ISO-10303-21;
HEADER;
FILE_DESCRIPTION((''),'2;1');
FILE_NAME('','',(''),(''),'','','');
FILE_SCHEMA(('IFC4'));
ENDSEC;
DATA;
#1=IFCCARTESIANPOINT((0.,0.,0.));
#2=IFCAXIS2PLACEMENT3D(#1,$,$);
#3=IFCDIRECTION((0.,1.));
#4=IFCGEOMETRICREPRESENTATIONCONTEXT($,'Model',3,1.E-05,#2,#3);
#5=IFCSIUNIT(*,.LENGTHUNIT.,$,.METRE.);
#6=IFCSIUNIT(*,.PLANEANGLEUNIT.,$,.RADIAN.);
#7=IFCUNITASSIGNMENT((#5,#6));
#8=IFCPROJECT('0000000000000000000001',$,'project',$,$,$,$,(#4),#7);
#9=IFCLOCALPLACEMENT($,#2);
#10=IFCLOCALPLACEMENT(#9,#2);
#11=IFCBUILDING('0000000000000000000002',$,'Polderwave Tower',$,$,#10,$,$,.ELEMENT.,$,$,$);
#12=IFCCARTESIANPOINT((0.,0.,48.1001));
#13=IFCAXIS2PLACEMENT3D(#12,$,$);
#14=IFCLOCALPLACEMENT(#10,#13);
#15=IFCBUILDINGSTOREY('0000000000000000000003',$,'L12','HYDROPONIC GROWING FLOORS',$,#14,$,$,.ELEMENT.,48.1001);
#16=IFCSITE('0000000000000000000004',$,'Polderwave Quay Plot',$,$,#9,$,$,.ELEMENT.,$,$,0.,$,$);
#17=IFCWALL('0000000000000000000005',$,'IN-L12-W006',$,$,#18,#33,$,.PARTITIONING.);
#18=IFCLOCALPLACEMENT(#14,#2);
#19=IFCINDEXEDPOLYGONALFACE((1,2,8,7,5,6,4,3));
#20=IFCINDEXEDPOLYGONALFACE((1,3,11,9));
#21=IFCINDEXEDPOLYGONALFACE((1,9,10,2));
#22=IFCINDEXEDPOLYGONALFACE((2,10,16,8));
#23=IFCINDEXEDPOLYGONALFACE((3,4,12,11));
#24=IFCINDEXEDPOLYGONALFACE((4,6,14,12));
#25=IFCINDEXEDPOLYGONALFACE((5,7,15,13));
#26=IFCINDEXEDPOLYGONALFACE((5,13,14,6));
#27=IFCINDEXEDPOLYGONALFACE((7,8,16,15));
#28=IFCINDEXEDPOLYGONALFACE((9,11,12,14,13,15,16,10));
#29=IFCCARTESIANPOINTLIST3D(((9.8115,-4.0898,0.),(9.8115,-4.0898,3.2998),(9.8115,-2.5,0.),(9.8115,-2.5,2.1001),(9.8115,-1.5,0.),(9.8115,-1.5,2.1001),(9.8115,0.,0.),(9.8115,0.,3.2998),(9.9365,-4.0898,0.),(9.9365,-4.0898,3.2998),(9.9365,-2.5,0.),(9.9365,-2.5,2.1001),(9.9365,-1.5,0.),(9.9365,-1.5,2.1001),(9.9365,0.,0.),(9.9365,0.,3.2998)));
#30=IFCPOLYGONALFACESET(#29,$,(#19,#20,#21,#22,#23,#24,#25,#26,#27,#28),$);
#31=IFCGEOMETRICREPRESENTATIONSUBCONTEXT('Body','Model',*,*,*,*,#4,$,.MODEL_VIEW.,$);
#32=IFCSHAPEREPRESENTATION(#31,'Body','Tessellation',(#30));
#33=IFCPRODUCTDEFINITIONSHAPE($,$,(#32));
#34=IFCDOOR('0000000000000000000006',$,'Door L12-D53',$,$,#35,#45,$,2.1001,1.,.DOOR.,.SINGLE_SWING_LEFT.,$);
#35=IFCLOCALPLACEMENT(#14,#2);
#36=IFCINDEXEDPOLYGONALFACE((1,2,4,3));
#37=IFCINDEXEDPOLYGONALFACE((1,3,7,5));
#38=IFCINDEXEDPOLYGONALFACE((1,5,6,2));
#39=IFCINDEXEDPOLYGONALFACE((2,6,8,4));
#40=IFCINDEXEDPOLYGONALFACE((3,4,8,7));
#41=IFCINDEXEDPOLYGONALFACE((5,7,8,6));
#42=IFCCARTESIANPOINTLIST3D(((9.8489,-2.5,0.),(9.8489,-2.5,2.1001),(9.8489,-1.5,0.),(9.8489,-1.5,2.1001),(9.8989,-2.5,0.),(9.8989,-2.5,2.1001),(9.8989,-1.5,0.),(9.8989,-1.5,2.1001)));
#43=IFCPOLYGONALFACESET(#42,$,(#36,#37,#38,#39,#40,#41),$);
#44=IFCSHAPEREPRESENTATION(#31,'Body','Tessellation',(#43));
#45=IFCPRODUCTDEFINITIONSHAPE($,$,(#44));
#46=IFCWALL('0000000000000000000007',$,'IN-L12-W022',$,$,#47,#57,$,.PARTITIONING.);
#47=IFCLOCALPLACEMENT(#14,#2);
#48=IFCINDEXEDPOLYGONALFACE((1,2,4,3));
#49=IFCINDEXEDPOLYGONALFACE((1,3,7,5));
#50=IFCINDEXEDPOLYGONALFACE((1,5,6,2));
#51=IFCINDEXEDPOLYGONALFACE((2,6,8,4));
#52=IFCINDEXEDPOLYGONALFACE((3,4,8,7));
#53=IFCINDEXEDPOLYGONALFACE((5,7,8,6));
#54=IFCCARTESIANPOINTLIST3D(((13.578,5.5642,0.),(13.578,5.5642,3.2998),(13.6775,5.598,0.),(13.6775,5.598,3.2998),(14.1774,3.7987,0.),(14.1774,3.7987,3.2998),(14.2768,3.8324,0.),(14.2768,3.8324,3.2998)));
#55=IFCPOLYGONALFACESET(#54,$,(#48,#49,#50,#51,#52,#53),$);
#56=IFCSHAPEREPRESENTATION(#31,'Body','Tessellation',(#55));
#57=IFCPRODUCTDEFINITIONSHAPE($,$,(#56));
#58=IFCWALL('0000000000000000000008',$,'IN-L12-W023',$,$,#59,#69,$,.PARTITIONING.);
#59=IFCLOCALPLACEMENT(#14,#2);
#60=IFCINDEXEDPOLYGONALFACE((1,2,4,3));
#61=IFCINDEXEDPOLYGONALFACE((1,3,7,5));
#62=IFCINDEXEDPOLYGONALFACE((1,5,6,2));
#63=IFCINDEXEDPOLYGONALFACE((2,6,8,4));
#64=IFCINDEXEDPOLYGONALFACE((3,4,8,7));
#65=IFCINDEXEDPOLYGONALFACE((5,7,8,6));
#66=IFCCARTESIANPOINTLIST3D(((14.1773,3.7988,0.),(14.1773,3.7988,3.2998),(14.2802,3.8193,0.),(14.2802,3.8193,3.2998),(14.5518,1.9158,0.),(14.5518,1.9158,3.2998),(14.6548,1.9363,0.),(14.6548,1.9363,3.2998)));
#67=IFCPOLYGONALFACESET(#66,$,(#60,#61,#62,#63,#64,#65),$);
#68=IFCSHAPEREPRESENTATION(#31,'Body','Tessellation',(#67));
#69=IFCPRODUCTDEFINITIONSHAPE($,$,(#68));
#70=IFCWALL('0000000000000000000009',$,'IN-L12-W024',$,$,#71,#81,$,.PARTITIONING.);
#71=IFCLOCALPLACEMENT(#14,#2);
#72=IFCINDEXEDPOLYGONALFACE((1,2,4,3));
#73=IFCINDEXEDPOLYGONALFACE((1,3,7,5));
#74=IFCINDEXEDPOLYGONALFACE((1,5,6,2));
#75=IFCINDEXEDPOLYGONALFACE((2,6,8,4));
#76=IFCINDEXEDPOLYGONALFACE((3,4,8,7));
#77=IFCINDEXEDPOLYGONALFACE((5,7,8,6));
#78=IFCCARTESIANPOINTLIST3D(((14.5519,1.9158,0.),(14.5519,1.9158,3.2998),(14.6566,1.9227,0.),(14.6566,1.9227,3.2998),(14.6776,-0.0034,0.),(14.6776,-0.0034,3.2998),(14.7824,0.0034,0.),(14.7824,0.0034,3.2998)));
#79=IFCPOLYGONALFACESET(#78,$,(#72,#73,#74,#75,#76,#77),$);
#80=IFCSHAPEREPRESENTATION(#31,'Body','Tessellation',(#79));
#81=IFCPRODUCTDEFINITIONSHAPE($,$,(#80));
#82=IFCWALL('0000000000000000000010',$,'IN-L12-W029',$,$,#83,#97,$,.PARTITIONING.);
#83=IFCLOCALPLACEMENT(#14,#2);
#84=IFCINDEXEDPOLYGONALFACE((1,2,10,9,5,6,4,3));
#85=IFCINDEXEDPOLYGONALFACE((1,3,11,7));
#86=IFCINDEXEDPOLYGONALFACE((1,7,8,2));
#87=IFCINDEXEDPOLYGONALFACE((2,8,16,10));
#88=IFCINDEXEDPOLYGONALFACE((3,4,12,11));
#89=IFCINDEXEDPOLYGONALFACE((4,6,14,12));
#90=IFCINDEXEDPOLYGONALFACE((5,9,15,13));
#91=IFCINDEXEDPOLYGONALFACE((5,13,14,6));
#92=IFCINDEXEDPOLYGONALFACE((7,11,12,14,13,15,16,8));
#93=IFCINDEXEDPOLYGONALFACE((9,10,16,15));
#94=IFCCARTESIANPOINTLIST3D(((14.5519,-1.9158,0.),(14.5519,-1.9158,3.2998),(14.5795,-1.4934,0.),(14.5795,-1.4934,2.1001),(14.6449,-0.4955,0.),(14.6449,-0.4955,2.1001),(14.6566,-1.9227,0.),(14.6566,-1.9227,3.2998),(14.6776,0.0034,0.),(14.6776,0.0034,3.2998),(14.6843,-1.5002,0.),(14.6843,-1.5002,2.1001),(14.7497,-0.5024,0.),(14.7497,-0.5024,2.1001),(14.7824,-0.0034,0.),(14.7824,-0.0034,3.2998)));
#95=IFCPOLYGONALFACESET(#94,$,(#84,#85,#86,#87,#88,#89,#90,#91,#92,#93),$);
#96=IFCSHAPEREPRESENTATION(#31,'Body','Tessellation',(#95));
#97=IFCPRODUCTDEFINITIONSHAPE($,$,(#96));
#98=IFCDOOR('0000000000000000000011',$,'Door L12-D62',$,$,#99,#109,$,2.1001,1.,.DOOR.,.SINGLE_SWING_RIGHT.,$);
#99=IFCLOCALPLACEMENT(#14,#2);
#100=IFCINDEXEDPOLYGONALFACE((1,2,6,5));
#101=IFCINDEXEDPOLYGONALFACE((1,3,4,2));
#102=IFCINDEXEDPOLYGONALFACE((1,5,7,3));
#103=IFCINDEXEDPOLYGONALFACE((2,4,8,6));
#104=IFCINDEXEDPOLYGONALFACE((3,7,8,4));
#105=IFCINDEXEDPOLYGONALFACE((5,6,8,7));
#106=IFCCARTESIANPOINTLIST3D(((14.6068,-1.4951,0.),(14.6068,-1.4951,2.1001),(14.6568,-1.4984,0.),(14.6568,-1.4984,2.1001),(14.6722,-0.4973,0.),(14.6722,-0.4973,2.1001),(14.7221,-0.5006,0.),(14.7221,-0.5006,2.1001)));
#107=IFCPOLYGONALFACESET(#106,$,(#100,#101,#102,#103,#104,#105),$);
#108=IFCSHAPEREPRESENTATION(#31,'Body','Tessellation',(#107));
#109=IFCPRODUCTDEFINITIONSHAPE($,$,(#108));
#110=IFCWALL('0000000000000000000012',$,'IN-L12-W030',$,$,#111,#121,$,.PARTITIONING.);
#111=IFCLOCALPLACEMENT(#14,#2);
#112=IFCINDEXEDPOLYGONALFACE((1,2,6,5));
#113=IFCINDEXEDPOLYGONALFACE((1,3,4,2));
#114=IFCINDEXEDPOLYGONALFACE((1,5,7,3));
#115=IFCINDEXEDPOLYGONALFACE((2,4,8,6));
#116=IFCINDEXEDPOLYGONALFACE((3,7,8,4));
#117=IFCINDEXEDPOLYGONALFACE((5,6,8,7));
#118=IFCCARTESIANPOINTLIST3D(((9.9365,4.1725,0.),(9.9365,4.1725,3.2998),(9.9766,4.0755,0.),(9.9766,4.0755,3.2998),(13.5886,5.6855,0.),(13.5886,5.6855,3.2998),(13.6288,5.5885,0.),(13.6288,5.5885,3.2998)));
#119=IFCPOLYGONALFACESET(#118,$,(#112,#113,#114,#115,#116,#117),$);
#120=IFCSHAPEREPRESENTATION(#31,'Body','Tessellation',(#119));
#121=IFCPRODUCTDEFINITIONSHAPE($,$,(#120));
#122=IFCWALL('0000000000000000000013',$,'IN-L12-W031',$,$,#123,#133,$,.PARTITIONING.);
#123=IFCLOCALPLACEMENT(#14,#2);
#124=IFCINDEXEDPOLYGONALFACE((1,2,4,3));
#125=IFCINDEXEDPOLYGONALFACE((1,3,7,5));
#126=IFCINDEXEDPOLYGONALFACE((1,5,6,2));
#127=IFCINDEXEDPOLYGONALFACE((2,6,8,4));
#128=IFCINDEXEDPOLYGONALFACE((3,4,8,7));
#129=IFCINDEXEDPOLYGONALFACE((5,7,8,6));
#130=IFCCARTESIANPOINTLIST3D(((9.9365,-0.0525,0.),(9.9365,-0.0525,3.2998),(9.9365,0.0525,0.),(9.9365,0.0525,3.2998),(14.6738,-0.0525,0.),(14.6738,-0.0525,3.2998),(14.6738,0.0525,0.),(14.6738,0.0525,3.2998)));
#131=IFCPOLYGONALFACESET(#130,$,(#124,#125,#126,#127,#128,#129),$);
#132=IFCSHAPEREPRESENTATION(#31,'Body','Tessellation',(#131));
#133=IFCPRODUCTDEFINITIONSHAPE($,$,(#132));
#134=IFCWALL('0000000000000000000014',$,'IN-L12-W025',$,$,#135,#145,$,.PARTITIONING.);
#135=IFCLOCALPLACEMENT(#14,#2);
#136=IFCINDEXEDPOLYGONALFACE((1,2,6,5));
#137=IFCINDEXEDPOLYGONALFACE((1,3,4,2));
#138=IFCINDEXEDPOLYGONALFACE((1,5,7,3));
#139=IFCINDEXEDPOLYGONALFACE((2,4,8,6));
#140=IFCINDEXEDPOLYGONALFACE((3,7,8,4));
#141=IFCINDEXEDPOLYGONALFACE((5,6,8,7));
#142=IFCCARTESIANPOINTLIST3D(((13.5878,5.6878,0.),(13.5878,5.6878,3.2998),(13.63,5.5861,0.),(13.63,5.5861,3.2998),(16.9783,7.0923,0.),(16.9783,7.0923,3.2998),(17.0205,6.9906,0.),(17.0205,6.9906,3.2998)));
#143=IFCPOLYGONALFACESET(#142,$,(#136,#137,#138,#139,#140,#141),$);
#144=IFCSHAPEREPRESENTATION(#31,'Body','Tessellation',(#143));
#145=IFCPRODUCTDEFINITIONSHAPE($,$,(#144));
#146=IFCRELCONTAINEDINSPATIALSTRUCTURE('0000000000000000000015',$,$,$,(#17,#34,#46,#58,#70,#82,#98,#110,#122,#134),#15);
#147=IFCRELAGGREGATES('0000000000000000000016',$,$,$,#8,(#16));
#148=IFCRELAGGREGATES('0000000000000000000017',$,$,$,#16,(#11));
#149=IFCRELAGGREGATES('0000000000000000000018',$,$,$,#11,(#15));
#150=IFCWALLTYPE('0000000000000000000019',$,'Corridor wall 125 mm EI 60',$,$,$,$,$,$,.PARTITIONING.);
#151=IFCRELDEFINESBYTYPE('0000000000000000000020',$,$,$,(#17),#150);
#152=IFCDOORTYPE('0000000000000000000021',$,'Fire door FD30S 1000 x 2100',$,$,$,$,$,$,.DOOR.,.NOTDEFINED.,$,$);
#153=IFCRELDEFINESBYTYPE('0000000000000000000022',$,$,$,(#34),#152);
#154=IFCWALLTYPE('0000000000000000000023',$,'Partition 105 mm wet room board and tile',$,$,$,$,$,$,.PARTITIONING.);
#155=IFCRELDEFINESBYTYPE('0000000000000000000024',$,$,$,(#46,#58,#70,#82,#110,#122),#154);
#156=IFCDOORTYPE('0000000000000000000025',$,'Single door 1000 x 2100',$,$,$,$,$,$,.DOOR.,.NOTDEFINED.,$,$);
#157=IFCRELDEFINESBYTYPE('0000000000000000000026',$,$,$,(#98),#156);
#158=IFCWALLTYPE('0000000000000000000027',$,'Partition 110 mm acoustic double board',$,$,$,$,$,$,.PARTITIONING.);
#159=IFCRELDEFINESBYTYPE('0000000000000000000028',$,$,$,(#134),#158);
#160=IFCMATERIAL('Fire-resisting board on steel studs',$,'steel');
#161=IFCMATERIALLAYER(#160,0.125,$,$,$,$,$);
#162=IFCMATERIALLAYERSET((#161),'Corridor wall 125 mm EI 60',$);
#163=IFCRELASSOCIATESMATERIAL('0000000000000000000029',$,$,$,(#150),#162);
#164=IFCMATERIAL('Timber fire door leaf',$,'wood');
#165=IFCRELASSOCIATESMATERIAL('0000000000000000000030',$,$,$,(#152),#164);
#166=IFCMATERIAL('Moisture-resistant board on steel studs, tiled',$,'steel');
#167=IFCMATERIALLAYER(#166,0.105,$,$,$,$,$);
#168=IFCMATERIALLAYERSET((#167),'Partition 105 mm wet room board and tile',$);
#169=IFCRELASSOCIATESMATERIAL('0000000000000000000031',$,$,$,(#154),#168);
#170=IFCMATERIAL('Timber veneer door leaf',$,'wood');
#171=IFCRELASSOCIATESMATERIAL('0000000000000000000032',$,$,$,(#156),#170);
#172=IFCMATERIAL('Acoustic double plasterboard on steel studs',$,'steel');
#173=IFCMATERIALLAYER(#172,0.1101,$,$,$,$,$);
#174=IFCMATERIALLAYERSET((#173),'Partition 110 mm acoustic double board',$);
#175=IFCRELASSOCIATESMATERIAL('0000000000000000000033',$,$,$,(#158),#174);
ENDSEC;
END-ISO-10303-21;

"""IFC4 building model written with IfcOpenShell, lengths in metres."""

from ifc_helpers import new_model, si_unit, direction, frame, frame_2d, origin, place, context, subcontext, project, spatial, rectangle, extrude, material, layer, layer_set, type_object, element, fill, save


model = new_model("IFC4")

# Units and contexts
model_context = context("Model", 3, precision=1e-05, world=origin(), true_north=direction((0.0, 1.0)))
body_context = subcontext(model_context, "Body", "Model", "MODEL_VIEW")
ifc_project = project(units=[si_unit("LENGTHUNIT", "METRE"), si_unit("PLANEANGLEUNIT", "RADIAN")], contexts=[model_context])

# Site, building, storey
site_placement = place(None, origin())
site = spatial("IfcSite", under=ifc_project, at=site_placement, Name="Polderwave Quay Plot", CompositionType="ELEMENT", RefElevation=0.0)
building_placement = place(site_placement, origin())
building = spatial("IfcBuilding", under=site, at=building_placement, Name="Polderwave Tower", CompositionType="ELEMENT")
storey_placement = place(building_placement, frame((0.0, 0.0, 48.1001)))
storey = spatial("IfcBuildingStorey", under=building, at=storey_placement, Name="L12", Description="HYDROPONIC GROWING FLOORS", CompositionType="ELEMENT", Elevation=48.1001)

# Wall, opening, door
ifc_material_1 = material(Name="Fire-resisting board on steel studs", Category="steel")
ifc_layer_1 = layer(ifc_material_1, 0.125)
ifc_layer_set_1 = layer_set([ifc_layer_1], Name="Corridor wall 125 mm EI 60")
wall_type_1 = type_object("IfcWallType", Name="Corridor wall 125 mm EI 60", PredefinedType="PARTITIONING", material=ifc_layer_set_1)
ifc_material_2 = material(Name="Timber fire door leaf", Category="wood")
door_type_1 = type_object("IfcDoorType", Name="Fire door FD30S 1000 x 2100", OperationType="NOTDEFINED", PredefinedType="DOOR", material=ifc_material_2)
wall_1_placement = place(storey_placement, frame((9.874, 0.0, 0.0), z_axis=(0.0, 0.0, 1.0), x_axis=(0.0, -1.0, 0.0)))
wall_1 = element("IfcWall", 1, at=wall_1_placement, inside=storey, type_object=wall_type_1, Name="IN-L12-W006", PredefinedType="PARTITIONING", context=body_context, shape_type="SweptSolid", body=[
    extrude(rectangle(XDim=4.0898, YDim=0.125, at=frame_2d((2.0449, 0.0))), origin(), (0.0, 0.0, 1.0), 3.2998),
])
opening_1_placement = place(wall_1_placement, frame((1.5, 0.0, 0.0)))
opening_1 = element("IfcOpeningElement", 2, at=opening_1_placement, cuts=wall_1, PredefinedType="OPENING", context=body_context, shape_type="SweptSolid", body=[
    extrude(rectangle(XDim=1.0, YDim=2.1001, at=frame_2d((0.5, 1.05))), frame((0.0, 0.0725, 0.0), z_axis=(0.0, -1.0, 0.0), x_axis=(1.0, 0.0, 0.0)), (0.0, 0.0, 1.0), 0.145),
])
door_1_placement = place(opening_1_placement, origin())
door_1 = element("IfcDoor", 3, at=door_1_placement, inside=storey, type_object=door_type_1, Name="Door L12-D53", OperationType="SINGLE_SWING_LEFT", OverallHeight=2.1001, OverallWidth=1.0, PredefinedType="DOOR", context=body_context, shape_type="SweptSolid", body=[
    extrude(rectangle(XDim=1.0, YDim=2.1001, at=frame_2d((0.5, 1.05))), frame((0.0, 0.0249, 0.0), z_axis=(0.0, -1.0, 0.0), x_axis=(1.0, 0.0, 0.0)), (0.0, 0.0, 1.0), 0.05),
])
fill(opening_1, door_1)

# Walls
ifc_material_3 = material(Name="Moisture-resistant board on steel studs, tiled", Category="steel")
ifc_layer_2 = layer(ifc_material_3, 0.105)
ifc_layer_set_2 = layer_set([ifc_layer_2], Name="Partition 105 mm wet room board and tile")
wall_type_2 = type_object("IfcWallType", Name="Partition 105 mm wet room board and tile", PredefinedType="PARTITIONING", material=ifc_layer_set_2)
wall_2_placement = place(storey_placement, frame((14.2271, 3.8157, 0.0), z_axis=(0.0, 0.0, 1.0), x_axis=(-0.321447, 0.946927, 0.0)))
element("IfcWall", 4, at=wall_2_placement, inside=storey, type_object=wall_type_2, Name="IN-L12-W022", PredefinedType="PARTITIONING", context=body_context, shape_type="SweptSolid", body=[
    extrude(rectangle(XDim=1.8645, YDim=0.105, at=frame_2d((0.9321, 0.0))), origin(), (0.0, 0.0, 1.0), 3.2998),
])
wall_3_placement = place(storey_placement, frame((14.6033, 1.926, 0.0), z_axis=(0.0, 0.0, 1.0), x_axis=(-0.195065, 0.98079, 0.0)))
element("IfcWall", 5, at=wall_3_placement, inside=storey, type_object=wall_type_2, Name="IN-L12-W023", PredefinedType="PARTITIONING", context=body_context, shape_type="SweptSolid", body=[
    extrude(rectangle(XDim=1.9199, YDim=0.105, at=frame_2d((0.96, 0.0))), origin(), (0.0, 0.0, 1.0), 3.2998),
])
wall_4_placement = place(storey_placement, frame((14.73, 0.0, 0.0), z_axis=(0.0, 0.0, 1.0), x_axis=(-0.065373, 0.997861, 0.0)))
element("IfcWall", 6, at=wall_4_placement, inside=storey, type_object=wall_type_2, Name="IN-L12-W024", PredefinedType="PARTITIONING", context=body_context, shape_type="SweptSolid", body=[
    extrude(rectangle(XDim=1.9233, YDim=0.105, at=frame_2d((0.9617, 0.0))), origin(), (0.0, 0.0, 1.0), 3.2998),
])

# Wall, opening, door
wall_5_placement = place(storey_placement, frame((14.73, 0.0, 0.0), z_axis=(0.0, 0.0, 1.0), x_axis=(-0.065373, -0.997861, 0.0)))
wall_5 = element("IfcWall", 7, at=wall_5_placement, inside=storey, type_object=wall_type_2, Name="IN-L12-W029", PredefinedType="PARTITIONING", context=body_context, shape_type="SweptSolid", body=[
    extrude(rectangle(XDim=1.9233, YDim=0.105, at=frame_2d((0.9617, 0.0))), origin(), (0.0, 0.0, 1.0), 3.2998),
])
opening_2_placement = place(wall_5_placement, frame((0.5, 0.0, 0.0)))
opening_2 = element("IfcOpeningElement", 8, at=opening_2_placement, cuts=wall_5, PredefinedType="OPENING", context=body_context, shape_type="SweptSolid", body=[
    extrude(rectangle(XDim=1.0, YDim=2.1001, at=frame_2d((0.5, 1.05))), frame((0.0, 0.0625, 0.0), z_axis=(0.0, -1.0, 0.0), x_axis=(1.0, 0.0, 0.0)), (0.0, 0.0, 1.0), 0.125),
])
ifc_material_4 = material(Name="Timber veneer door leaf", Category="wood")
door_type_2 = type_object("IfcDoorType", Name="Single door 1000 x 2100", OperationType="NOTDEFINED", PredefinedType="DOOR", material=ifc_material_4)
door_2_placement = place(opening_2_placement, origin())
door_2 = element("IfcDoor", 9, at=door_2_placement, inside=storey, type_object=door_type_2, Name="Door L12-D62", OperationType="SINGLE_SWING_RIGHT", OverallHeight=2.1001, OverallWidth=1.0, PredefinedType="DOOR", context=body_context, shape_type="SweptSolid", body=[
    extrude(rectangle(XDim=1.0, YDim=2.1001, at=frame_2d((0.5, 1.05))), frame((0.0, 0.0249, 0.0), z_axis=(0.0, -1.0, 0.0), x_axis=(1.0, 0.0, 0.0)), (0.0, 0.0, 1.0), 0.05),
])
fill(opening_2, door_2)

# Walls
wall_6_placement = place(storey_placement, frame((9.9565, 4.124, 0.0), z_axis=(0.0, 0.0, 1.0), x_axis=(0.923863, 0.382725, 0.0)))
element("IfcWall", 10, at=wall_6_placement, inside=storey, type_object=wall_type_2, Name="IN-L12-W030", PredefinedType="PARTITIONING", context=body_context, shape_type="SweptSolid", body=[
    extrude(rectangle(XDim=3.9531, YDim=0.105, at=frame_2d((1.9766, 0.0))), origin(), (0.0, 0.0, 1.0), 3.2998),
])
wall_7_placement = place(storey_placement, frame((14.6738, 0.0, 0.0), z_axis=(0.0, 0.0, 1.0), x_axis=(-1.0, 0.0, 0.0)))
element("IfcWall", 11, at=wall_7_placement, inside=storey, type_object=wall_type_2, Name="IN-L12-W031", PredefinedType="PARTITIONING", context=body_context, shape_type="SweptSolid", body=[
    extrude(rectangle(XDim=4.7373, YDim=0.105, at=frame_2d((2.3687, 0.0))), origin(), (0.0, 0.0, 1.0), 3.2998),
])
ifc_material_5 = material(Name="Acoustic double plasterboard on steel studs", Category="steel")
ifc_layer_3 = layer(ifc_material_5, 0.1101)
ifc_layer_set_3 = layer_set([ifc_layer_3], Name="Partition 110 mm acoustic double board")
wall_type_3 = type_object("IfcWallType", Name="Partition 110 mm acoustic double board", PredefinedType="PARTITIONING", material=ifc_layer_set_3)
wall_8_placement = place(storey_placement, frame((13.6089, 5.637, 0.0), z_axis=(0.0, 0.0, 1.0), x_axis=(0.92387, 0.382706, 0.0)))
element("IfcWall", 12, at=wall_8_placement, inside=storey, type_object=wall_type_3, Name="IN-L12-W025", PredefinedType="PARTITIONING", context=body_context, shape_type="SweptSolid", body=[
    extrude(rectangle(XDim=3.6699, YDim=0.1101, at=frame_2d((1.835, 0.0))), origin(), (0.0, 0.0, 1.0), 3.2998),
])

save(model, "model.ifc")
